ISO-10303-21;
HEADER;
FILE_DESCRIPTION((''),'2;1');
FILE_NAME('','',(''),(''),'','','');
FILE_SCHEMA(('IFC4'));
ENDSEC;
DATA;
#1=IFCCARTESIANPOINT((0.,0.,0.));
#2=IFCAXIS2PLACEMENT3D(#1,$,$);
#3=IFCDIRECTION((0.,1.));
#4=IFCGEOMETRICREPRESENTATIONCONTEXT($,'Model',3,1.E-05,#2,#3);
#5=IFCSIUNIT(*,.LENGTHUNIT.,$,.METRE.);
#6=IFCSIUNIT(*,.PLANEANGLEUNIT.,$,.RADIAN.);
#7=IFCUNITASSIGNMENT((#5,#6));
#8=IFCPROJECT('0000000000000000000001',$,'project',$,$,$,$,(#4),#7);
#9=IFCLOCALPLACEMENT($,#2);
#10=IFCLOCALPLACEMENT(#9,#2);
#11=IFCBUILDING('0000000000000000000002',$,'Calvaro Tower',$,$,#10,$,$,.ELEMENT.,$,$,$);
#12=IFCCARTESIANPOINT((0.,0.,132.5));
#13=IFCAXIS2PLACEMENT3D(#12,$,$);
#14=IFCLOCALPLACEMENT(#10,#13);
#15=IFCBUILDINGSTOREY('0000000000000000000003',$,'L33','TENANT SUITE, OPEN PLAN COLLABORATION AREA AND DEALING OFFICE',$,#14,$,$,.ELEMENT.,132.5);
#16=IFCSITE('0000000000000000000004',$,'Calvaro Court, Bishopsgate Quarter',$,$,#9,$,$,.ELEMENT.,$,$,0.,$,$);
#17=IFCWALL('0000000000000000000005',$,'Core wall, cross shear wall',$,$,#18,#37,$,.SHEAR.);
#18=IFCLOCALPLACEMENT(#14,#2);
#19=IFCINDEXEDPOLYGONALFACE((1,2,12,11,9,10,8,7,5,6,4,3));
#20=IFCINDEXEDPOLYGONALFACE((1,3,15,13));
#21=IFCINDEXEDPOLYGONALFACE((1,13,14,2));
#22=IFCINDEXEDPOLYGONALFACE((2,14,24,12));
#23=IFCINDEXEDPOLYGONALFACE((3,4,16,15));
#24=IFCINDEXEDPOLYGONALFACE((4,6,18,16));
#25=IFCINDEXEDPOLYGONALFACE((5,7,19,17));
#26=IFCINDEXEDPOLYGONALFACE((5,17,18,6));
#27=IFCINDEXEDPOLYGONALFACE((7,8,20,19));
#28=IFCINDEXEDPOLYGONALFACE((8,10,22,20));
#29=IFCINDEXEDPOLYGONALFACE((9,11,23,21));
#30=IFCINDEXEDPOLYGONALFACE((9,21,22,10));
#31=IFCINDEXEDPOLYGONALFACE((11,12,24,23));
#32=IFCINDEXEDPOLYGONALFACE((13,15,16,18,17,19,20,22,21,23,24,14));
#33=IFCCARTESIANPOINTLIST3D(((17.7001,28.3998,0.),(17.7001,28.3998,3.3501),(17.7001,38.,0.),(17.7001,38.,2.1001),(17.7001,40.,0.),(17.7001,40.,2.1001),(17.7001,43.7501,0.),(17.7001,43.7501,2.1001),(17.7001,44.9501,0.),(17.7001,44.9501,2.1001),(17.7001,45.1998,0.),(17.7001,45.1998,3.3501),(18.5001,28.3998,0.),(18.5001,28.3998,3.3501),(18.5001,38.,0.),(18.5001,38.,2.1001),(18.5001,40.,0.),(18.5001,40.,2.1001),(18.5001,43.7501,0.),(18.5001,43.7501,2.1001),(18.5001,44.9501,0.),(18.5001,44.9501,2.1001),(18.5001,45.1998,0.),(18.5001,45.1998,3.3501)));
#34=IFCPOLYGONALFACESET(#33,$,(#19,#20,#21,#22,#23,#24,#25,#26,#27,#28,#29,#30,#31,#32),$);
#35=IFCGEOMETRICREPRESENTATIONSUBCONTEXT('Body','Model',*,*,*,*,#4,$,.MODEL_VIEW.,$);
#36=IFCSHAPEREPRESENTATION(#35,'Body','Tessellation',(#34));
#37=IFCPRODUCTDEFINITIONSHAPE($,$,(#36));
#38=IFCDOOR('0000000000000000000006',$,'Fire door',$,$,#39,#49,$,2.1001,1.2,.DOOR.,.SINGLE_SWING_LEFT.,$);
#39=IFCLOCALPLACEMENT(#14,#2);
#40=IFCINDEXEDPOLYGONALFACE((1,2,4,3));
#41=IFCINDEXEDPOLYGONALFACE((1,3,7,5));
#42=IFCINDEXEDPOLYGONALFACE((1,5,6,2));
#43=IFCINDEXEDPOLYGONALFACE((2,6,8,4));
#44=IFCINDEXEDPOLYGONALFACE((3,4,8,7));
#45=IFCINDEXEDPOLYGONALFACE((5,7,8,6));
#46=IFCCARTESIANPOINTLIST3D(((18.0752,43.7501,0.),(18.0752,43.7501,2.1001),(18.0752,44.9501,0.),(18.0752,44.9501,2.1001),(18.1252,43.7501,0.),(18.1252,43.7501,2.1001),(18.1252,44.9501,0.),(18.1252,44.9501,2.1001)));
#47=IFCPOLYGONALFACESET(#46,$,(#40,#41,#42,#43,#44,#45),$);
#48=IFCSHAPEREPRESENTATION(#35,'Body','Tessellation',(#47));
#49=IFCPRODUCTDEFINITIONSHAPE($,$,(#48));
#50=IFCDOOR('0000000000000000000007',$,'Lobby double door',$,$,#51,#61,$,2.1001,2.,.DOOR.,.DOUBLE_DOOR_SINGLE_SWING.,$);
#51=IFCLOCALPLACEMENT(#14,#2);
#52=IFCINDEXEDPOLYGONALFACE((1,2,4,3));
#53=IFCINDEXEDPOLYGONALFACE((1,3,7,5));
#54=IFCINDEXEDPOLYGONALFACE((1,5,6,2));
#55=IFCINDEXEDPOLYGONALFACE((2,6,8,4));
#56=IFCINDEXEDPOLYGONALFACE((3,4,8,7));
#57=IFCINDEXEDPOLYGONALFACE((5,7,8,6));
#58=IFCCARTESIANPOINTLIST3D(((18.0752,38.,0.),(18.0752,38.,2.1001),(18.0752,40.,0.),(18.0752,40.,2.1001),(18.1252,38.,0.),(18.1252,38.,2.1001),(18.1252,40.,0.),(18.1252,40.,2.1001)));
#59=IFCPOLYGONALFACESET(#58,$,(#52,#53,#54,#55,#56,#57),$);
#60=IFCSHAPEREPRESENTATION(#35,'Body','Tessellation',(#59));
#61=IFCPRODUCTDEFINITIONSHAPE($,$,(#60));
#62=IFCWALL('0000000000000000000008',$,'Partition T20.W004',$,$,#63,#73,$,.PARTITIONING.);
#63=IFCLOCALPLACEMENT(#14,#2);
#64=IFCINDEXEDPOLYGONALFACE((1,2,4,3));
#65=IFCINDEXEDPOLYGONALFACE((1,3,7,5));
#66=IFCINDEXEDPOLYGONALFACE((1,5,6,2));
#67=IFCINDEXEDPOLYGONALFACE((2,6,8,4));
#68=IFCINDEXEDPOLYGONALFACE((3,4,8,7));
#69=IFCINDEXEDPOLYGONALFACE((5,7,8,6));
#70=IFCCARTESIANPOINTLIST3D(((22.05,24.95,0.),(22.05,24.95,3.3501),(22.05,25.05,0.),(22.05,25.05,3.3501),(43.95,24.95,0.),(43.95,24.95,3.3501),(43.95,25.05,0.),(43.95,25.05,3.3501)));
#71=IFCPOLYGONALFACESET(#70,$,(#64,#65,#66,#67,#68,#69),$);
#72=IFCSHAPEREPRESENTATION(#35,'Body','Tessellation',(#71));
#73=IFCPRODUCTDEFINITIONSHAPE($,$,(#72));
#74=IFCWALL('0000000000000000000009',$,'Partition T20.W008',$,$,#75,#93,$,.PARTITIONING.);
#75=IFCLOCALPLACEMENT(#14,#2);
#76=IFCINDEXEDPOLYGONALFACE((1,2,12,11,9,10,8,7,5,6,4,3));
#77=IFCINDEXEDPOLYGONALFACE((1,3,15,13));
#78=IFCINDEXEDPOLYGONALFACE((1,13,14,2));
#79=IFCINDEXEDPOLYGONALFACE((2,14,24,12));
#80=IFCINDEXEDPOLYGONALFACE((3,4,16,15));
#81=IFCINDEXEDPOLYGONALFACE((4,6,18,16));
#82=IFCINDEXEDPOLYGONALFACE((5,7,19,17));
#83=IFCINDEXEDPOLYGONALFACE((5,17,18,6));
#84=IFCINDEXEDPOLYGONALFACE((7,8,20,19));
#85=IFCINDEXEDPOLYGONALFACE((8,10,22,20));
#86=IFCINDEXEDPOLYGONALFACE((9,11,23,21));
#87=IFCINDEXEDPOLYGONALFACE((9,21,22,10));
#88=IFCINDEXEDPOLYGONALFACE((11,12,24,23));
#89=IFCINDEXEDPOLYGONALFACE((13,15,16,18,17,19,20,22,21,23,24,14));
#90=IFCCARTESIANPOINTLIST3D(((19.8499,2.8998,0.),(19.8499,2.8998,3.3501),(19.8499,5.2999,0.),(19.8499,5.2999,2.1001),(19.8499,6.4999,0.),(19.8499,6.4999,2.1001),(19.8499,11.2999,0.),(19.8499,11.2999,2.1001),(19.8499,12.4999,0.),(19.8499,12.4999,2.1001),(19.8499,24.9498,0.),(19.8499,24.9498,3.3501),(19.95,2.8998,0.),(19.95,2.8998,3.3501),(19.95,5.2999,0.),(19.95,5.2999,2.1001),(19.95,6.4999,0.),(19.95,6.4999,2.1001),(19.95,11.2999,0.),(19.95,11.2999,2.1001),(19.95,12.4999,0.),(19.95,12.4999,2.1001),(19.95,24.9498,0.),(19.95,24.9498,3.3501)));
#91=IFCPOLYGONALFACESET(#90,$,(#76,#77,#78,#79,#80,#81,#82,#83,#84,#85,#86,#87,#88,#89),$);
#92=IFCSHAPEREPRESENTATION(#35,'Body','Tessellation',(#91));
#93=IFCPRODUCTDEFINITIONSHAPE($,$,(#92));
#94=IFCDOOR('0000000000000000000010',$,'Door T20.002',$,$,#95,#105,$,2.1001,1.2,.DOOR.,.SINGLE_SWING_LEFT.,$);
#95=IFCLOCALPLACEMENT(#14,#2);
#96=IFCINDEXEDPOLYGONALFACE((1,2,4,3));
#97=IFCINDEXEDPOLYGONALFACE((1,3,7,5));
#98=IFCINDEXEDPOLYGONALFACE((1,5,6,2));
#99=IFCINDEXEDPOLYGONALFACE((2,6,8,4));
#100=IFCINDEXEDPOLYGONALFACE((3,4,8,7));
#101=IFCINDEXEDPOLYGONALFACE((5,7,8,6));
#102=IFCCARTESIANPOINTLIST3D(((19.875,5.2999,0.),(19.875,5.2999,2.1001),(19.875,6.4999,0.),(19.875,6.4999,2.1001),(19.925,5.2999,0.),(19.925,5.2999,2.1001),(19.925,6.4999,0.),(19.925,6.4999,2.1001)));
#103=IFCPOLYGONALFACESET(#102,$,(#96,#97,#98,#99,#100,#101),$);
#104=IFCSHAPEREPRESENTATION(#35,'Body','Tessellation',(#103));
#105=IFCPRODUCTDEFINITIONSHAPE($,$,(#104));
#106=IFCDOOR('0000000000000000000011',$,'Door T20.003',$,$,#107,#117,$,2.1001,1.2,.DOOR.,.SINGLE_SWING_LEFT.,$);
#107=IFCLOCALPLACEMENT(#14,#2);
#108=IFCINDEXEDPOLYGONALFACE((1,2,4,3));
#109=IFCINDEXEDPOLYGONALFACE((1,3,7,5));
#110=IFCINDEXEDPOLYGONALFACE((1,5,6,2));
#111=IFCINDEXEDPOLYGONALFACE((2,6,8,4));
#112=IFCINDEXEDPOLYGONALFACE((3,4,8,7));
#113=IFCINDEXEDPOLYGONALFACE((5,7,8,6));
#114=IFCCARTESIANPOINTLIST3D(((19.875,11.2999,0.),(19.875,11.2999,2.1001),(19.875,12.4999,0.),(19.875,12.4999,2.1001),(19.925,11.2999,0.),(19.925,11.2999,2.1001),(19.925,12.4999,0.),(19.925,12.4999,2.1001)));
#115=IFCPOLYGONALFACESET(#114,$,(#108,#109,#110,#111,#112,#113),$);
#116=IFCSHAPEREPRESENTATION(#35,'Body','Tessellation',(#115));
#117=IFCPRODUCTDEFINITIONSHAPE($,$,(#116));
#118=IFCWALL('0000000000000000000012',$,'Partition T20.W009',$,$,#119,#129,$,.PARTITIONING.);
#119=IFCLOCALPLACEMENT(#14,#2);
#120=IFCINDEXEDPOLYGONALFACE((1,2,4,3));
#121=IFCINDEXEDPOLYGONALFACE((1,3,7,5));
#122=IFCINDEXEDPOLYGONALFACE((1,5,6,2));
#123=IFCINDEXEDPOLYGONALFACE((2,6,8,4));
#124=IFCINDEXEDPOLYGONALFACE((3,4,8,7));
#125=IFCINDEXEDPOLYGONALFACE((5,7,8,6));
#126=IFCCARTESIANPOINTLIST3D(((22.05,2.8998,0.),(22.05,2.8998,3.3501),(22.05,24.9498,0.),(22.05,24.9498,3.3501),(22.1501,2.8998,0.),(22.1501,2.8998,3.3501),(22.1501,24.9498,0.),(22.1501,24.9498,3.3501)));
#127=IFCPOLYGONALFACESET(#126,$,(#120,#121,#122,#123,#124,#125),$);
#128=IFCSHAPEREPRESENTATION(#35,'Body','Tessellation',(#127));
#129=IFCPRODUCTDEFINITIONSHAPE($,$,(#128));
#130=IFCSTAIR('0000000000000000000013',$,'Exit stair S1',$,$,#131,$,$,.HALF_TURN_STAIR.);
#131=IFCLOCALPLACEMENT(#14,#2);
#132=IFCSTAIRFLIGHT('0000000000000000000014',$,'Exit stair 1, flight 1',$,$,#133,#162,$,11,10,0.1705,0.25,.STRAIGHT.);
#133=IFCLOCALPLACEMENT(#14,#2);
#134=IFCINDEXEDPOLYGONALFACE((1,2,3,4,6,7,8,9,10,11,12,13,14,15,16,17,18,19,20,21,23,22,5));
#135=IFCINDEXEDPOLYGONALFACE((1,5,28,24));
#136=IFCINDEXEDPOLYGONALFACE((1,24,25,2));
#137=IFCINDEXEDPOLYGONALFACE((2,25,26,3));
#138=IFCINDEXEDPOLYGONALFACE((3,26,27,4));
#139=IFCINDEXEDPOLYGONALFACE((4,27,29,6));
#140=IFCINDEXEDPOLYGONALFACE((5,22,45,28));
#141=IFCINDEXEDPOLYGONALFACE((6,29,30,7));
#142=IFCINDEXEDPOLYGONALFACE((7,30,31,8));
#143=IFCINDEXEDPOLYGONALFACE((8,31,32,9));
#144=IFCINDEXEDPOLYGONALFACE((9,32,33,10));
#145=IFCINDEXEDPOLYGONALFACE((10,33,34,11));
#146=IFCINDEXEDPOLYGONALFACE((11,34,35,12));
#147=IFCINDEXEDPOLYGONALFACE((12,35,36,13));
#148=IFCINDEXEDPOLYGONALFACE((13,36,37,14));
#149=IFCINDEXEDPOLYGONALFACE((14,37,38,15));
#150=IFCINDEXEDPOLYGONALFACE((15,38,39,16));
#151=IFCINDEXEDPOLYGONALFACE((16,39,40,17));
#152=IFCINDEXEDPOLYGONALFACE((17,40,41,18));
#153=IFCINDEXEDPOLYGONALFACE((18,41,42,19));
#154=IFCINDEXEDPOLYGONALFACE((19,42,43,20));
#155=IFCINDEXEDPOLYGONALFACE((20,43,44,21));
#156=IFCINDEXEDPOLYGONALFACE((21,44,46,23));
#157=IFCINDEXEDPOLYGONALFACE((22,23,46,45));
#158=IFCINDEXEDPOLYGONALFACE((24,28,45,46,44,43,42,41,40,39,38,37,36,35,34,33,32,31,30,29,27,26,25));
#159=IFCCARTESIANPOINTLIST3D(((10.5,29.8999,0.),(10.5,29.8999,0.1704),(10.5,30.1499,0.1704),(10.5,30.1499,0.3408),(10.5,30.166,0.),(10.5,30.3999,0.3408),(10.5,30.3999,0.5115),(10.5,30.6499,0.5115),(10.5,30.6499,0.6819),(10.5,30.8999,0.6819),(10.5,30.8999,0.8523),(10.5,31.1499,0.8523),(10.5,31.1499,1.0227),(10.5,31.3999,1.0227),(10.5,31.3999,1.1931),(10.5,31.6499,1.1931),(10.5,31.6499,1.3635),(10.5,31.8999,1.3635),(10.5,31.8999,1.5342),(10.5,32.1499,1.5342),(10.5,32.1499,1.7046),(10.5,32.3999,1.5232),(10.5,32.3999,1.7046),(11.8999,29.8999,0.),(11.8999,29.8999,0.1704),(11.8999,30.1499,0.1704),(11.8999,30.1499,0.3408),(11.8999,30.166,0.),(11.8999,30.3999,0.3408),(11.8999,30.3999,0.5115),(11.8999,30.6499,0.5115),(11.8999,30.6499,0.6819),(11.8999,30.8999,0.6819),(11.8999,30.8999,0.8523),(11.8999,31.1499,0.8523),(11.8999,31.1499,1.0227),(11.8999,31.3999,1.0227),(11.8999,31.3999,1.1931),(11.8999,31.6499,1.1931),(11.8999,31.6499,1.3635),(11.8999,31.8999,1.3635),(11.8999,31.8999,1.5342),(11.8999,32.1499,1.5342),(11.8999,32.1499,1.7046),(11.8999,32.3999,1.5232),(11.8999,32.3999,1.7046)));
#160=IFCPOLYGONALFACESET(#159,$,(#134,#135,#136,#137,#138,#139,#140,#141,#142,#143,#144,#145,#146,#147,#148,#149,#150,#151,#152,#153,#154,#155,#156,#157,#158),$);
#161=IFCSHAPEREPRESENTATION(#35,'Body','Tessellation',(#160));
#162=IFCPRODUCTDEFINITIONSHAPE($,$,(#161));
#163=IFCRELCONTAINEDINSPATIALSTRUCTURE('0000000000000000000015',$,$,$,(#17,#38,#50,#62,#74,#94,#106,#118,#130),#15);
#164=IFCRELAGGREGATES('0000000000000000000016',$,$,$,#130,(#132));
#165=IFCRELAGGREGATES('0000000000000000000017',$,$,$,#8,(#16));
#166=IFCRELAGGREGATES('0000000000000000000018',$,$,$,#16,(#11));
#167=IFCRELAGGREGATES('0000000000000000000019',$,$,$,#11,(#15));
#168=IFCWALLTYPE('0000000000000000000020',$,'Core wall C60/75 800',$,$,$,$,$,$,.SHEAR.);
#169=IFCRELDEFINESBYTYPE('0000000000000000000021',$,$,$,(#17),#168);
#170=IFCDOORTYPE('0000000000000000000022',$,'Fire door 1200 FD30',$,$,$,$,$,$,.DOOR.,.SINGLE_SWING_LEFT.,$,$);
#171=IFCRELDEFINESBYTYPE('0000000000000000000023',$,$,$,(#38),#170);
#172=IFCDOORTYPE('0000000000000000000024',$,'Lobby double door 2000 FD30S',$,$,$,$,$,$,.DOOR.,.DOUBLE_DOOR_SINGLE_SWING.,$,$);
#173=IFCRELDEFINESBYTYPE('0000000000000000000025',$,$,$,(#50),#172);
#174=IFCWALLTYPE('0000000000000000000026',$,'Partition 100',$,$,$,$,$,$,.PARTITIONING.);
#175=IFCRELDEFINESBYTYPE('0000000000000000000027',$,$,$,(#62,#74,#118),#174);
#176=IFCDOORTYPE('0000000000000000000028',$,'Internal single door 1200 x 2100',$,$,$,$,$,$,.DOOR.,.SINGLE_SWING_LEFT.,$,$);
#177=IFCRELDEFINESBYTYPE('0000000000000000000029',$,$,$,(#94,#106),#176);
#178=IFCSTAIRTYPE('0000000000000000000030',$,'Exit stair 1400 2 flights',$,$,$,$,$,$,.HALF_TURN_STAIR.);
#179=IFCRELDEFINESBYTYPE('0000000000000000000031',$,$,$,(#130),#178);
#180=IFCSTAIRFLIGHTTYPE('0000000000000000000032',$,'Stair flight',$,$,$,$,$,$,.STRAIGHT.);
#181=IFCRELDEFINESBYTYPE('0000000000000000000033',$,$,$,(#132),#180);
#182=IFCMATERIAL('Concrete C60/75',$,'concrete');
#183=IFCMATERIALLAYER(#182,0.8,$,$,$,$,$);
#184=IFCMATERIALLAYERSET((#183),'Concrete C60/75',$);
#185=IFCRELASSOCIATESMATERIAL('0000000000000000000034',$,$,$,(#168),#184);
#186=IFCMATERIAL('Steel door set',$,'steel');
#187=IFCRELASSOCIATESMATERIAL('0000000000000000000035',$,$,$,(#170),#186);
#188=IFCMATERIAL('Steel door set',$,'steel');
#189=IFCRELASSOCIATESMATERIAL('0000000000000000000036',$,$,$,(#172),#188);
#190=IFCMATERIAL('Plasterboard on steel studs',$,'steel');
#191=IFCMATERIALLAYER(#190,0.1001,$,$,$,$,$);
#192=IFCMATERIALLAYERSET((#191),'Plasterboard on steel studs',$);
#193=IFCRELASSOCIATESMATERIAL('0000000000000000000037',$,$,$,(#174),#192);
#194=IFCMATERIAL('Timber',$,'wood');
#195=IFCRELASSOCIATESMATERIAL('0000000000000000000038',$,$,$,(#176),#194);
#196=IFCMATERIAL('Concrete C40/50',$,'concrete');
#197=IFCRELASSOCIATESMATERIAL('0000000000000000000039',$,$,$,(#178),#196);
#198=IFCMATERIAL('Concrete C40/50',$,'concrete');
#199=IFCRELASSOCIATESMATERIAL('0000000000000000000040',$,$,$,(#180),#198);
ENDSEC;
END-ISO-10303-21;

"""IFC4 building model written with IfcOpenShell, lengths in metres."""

from ifc_helpers import new_model, si_unit, direction, frame, frame_2d, origin, place, context, subcontext, project, spatial, polyline, rectangle, outline, extrude, material, layer, layer_set, type_object, element, fill, aggregate, save


model = new_model("IFC4")

# Units and contexts
model_context = context("Model", 3, precision=1e-05, world=origin(), true_north=direction((0.0, 1.0)))
body_context = subcontext(model_context, "Body", "Model", "MODEL_VIEW")
ifc_project = project(units=[si_unit("LENGTHUNIT", "METRE"), si_unit("PLANEANGLEUNIT", "RADIAN")], contexts=[model_context])

# Site, building, storey
site_placement = place(None, origin())
site = spatial("IfcSite", under=ifc_project, at=site_placement, Name="Calvaro Court, Bishopsgate Quarter", CompositionType="ELEMENT", RefElevation=0.0)
building_placement = place(site_placement, origin())
building = spatial("IfcBuilding", under=site, at=building_placement, Name="Calvaro Tower", CompositionType="ELEMENT")
storey_placement = place(building_placement, frame((0.0, 0.0, 132.5)))
storey = spatial("IfcBuildingStorey", under=building, at=storey_placement, Name="L33", Description="TENANT SUITE, OPEN PLAN COLLABORATION AREA AND DEALING OFFICE", CompositionType="ELEMENT", Elevation=132.5)

# Wall, openings, doors
ifc_material_1 = material(Name="Concrete C60/75", Category="concrete")
ifc_layer_1 = layer(ifc_material_1, 0.8)
ifc_layer_set_1 = layer_set([ifc_layer_1], Name="Concrete C60/75")
wall_type_1 = type_object("IfcWallType", Name="Core wall C60/75 800", PredefinedType="SHEAR", material=ifc_layer_set_1)
wall_1_placement = place(storey_placement, frame((18.1001, 28.3999, 0.0), z_axis=(0.0, 0.0, 1.0), x_axis=(0.0, 1.0, 0.0)))
wall_1 = element("IfcWall", 1, at=wall_1_placement, inside=storey, type_object=wall_type_1, Name="Core wall, cross shear wall", PredefinedType="SHEAR", context=body_context, shape_type="SweptSolid", body=[
    extrude(rectangle(XDim=16.8, YDim=0.8, at=frame_2d((8.3999, 0.0))), origin(), (0.0, 0.0, 1.0), 3.3501),
])
opening_1_placement = place(wall_1_placement, frame((9.6001, 0.0, 0.0)))
opening_1 = element("IfcOpeningElement", 2, at=opening_1_placement, cuts=wall_1, PredefinedType="OPENING", context=body_context, shape_type="SweptSolid", body=[
    extrude(rectangle(XDim=2.0, YDim=2.1001, at=frame_2d((1.0, 1.05))), frame((0.0, 0.4099, 0.0), z_axis=(0.0, -1.0, 0.0), x_axis=(1.0, 0.0, 0.0)), (0.0, 0.0, 1.0), 0.8201),
])
opening_2_placement = place(wall_1_placement, frame((15.3501, 0.0, 0.0)))
opening_2 = element("IfcOpeningElement", 3, at=opening_2_placement, cuts=wall_1, PredefinedType="OPENING", context=body_context, shape_type="SweptSolid", body=[
    extrude(rectangle(XDim=1.2, YDim=2.1001, at=frame_2d((0.6001, 1.05))), frame((0.0, 0.4099, 0.0), z_axis=(0.0, -1.0, 0.0), x_axis=(1.0, 0.0, 0.0)), (0.0, 0.0, 1.0), 0.8201),
])
ifc_material_2 = material(Name="Steel door set", Category="steel")
door_type_1 = type_object("IfcDoorType", Name="Fire door 1200 FD30", OperationType="SINGLE_SWING_LEFT", PredefinedType="DOOR", material=ifc_material_2)
door_1_placement = place(opening_2_placement, origin())
door_1 = element("IfcDoor", 4, at=door_1_placement, inside=storey, type_object=door_type_1, Name="Fire door", OperationType="SINGLE_SWING_LEFT", OverallHeight=2.1001, OverallWidth=1.2, PredefinedType="DOOR", context=body_context, shape_type="SweptSolid", body=[
    extrude(rectangle(XDim=1.2, YDim=2.1001, at=frame_2d((0.6001, 1.05))), frame((0.0, 0.0249, 0.0), z_axis=(0.0, -1.0, 0.0), x_axis=(1.0, 0.0, 0.0)), (0.0, 0.0, 1.0), 0.05),
])
fill(opening_2, door_1)
ifc_material_3 = material(Name="Steel door set", Category="steel")
door_type_2 = type_object("IfcDoorType", Name="Lobby double door 2000 FD30S", OperationType="DOUBLE_DOOR_SINGLE_SWING", PredefinedType="DOOR", material=ifc_material_3)
door_2_placement = place(opening_1_placement, origin())
door_2 = element("IfcDoor", 5, at=door_2_placement, inside=storey, type_object=door_type_2, Name="Lobby double door", OperationType="DOUBLE_DOOR_SINGLE_SWING", OverallHeight=2.1001, OverallWidth=2.0, PredefinedType="DOOR", context=body_context, shape_type="SweptSolid", body=[
    extrude(rectangle(XDim=2.0, YDim=2.1001, at=frame_2d((1.0, 1.05))), frame((0.0, 0.0249, 0.0), z_axis=(0.0, -1.0, 0.0), x_axis=(1.0, 0.0, 0.0)), (0.0, 0.0, 1.0), 0.05),
])
fill(opening_1, door_2)

# Wall
ifc_material_4 = material(Name="Plasterboard on steel studs", Category="steel")
ifc_layer_2 = layer(ifc_material_4, 0.1001)
ifc_layer_set_2 = layer_set([ifc_layer_2], Name="Plasterboard on steel studs")
wall_type_2 = type_object("IfcWallType", Name="Partition 100", PredefinedType="PARTITIONING", material=ifc_layer_set_2)
wall_2_placement = place(storey_placement, frame((22.05, 25.0, 0.0), z_axis=(0.0, 0.0, 1.0), x_axis=(1.0, 0.0, 0.0)))
element("IfcWall", 6, at=wall_2_placement, inside=storey, type_object=wall_type_2, Name="Partition T20.W004", PredefinedType="PARTITIONING", context=body_context, shape_type="SweptSolid", body=[
    extrude(rectangle(XDim=21.8999, YDim=0.1001, at=frame_2d((10.95, 0.0))), origin(), (0.0, 0.0, 1.0), 3.3501),
])

# Wall, openings, doors
wall_3_placement = place(storey_placement, frame((19.8999, 2.8999, 0.0), z_axis=(0.0, 0.0, 1.0), x_axis=(0.0, 1.0, 0.0)))
wall_3 = element("IfcWall", 7, at=wall_3_placement, inside=storey, type_object=wall_type_2, Name="Partition T20.W008", PredefinedType="PARTITIONING", context=body_context, shape_type="SweptSolid", body=[
    extrude(rectangle(XDim=22.05, YDim=0.1001, at=frame_2d((11.0249, 0.0))), origin(), (0.0, 0.0, 1.0), 3.3501),
])
opening_3_placement = place(wall_3_placement, frame((2.3999, 0.0, 0.0)))
opening_3 = element("IfcOpeningElement", 8, at=opening_3_placement, cuts=wall_3, PredefinedType="OPENING", context=body_context, shape_type="SweptSolid", body=[
    extrude(rectangle(XDim=1.2, YDim=2.1001, at=frame_2d((0.6001, 1.05))), frame((0.0, 0.0601, 0.0), z_axis=(0.0, -1.0, 0.0), x_axis=(1.0, 0.0, 0.0)), (0.0, 0.0, 1.0), 0.1201),
])
opening_4_placement = place(wall_3_placement, frame((8.3999, 0.0, 0.0)))
opening_4 = element("IfcOpeningElement", 9, at=opening_4_placement, cuts=wall_3, PredefinedType="OPENING", context=body_context, shape_type="SweptSolid", body=[
    extrude(rectangle(XDim=1.2, YDim=2.1001, at=frame_2d((0.6001, 1.05))), frame((0.0, 0.0601, 0.0), z_axis=(0.0, -1.0, 0.0), x_axis=(1.0, 0.0, 0.0)), (0.0, 0.0, 1.0), 0.1201),
])
ifc_material_5 = material(Name="Timber", Category="wood")
door_type_3 = type_object("IfcDoorType", Name="Internal single door 1200 x 2100", OperationType="SINGLE_SWING_LEFT", PredefinedType="DOOR", material=ifc_material_5)
door_3_placement = place(opening_3_placement, origin())
door_3 = element("IfcDoor", 10, at=door_3_placement, inside=storey, type_object=door_type_3, Name="Door T20.002", OperationType="SINGLE_SWING_LEFT", OverallHeight=2.1001, OverallWidth=1.2, PredefinedType="DOOR", context=body_context, shape_type="SweptSolid", body=[
    extrude(rectangle(XDim=1.2, YDim=2.1001, at=frame_2d((0.6001, 1.05))), frame((0.0, 0.0249, 0.0), z_axis=(0.0, -1.0, 0.0), x_axis=(1.0, 0.0, 0.0)), (0.0, 0.0, 1.0), 0.05),
])
fill(opening_3, door_3)
door_4_placement = place(opening_4_placement, origin())
door_4 = element("IfcDoor", 11, at=door_4_placement, inside=storey, type_object=door_type_3, Name="Door T20.003", OperationType="SINGLE_SWING_LEFT", OverallHeight=2.1001, OverallWidth=1.2, PredefinedType="DOOR", context=body_context, shape_type="SweptSolid", body=[
    extrude(rectangle(XDim=1.2, YDim=2.1001, at=frame_2d((0.6001, 1.05))), frame((0.0, 0.0249, 0.0), z_axis=(0.0, -1.0, 0.0), x_axis=(1.0, 0.0, 0.0)), (0.0, 0.0, 1.0), 0.05),
])
fill(opening_4, door_4)

# Wall
wall_4_placement = place(storey_placement, frame((22.1001, 2.8999, 0.0), z_axis=(0.0, 0.0, 1.0), x_axis=(0.0, 1.0, 0.0)))
element("IfcWall", 12, at=wall_4_placement, inside=storey, type_object=wall_type_2, Name="Partition T20.W009", PredefinedType="PARTITIONING", context=body_context, shape_type="SweptSolid", body=[
    extrude(rectangle(XDim=22.05, YDim=0.1001, at=frame_2d((11.0249, 0.0))), origin(), (0.0, 0.0, 1.0), 3.3501),
])

# Stair, stair flight
ifc_material_6 = material(Name="Concrete C40/50", Category="concrete")
stair_type = type_object("IfcStairType", Name="Exit stair 1400 2 flights", PredefinedType="HALF_TURN_STAIR", material=ifc_material_6)
stair_placement = place(storey_placement, origin())
stair = element("IfcStair", 13, at=stair_placement, inside=storey, type_object=stair_type, Name="Exit stair S1", PredefinedType="HALF_TURN_STAIR")
ifc_material_7 = material(Name="Concrete C40/50", Category="concrete")
stair_flight_type = type_object("IfcStairFlightType", Name="Stair flight", PredefinedType="STRAIGHT", material=ifc_material_7)
stair_flight_placement = place(storey_placement, frame((11.2, 29.8999, 0.0), z_axis=(0.0, 0.0, 1.0), x_axis=(0.0, 1.0, 0.0)))
stair_flight = element("IfcStairFlight", 14, at=stair_flight_placement, type_object=stair_flight_type, Name="Exit stair 1, flight 1", NumberOfRisers=11, NumberOfTreads=10, PredefinedType="STRAIGHT", RiserHeight=0.1705, TreadLength=0.25, context=body_context, shape_type="SweptSolid", body=[
    extrude(outline(polyline([(0.0, 0.0), (0.0, 0.1704), (0.25, 0.1704), (0.25, 0.3408), (0.5, 0.3408), (0.5, 0.5115), (0.75, 0.5115), (0.75, 0.6819), (1.0, 0.6819), (1.0, 0.8523), (1.25, 0.8523), (1.25, 1.0227), (1.5, 1.0227), (1.5, 1.1931), (1.75, 1.1931), (1.75, 1.3635), (2.0, 1.3635), (2.0, 1.5342), (2.25, 1.5342), (2.25, 1.7046), (2.5, 1.7046), (2.5, 1.875), (2.5, 1.5232), (0.2661, 0.0), (0.0, 0.0)])), frame((0.0, 0.7, 0.0), z_axis=(0.0, -1.0, 0.0), x_axis=(1.0, 0.0, 0.0)), (0.0, 0.0, 1.0), 1.3999),
])
aggregate(stair, [stair_flight])

save(model, "model.ifc")
